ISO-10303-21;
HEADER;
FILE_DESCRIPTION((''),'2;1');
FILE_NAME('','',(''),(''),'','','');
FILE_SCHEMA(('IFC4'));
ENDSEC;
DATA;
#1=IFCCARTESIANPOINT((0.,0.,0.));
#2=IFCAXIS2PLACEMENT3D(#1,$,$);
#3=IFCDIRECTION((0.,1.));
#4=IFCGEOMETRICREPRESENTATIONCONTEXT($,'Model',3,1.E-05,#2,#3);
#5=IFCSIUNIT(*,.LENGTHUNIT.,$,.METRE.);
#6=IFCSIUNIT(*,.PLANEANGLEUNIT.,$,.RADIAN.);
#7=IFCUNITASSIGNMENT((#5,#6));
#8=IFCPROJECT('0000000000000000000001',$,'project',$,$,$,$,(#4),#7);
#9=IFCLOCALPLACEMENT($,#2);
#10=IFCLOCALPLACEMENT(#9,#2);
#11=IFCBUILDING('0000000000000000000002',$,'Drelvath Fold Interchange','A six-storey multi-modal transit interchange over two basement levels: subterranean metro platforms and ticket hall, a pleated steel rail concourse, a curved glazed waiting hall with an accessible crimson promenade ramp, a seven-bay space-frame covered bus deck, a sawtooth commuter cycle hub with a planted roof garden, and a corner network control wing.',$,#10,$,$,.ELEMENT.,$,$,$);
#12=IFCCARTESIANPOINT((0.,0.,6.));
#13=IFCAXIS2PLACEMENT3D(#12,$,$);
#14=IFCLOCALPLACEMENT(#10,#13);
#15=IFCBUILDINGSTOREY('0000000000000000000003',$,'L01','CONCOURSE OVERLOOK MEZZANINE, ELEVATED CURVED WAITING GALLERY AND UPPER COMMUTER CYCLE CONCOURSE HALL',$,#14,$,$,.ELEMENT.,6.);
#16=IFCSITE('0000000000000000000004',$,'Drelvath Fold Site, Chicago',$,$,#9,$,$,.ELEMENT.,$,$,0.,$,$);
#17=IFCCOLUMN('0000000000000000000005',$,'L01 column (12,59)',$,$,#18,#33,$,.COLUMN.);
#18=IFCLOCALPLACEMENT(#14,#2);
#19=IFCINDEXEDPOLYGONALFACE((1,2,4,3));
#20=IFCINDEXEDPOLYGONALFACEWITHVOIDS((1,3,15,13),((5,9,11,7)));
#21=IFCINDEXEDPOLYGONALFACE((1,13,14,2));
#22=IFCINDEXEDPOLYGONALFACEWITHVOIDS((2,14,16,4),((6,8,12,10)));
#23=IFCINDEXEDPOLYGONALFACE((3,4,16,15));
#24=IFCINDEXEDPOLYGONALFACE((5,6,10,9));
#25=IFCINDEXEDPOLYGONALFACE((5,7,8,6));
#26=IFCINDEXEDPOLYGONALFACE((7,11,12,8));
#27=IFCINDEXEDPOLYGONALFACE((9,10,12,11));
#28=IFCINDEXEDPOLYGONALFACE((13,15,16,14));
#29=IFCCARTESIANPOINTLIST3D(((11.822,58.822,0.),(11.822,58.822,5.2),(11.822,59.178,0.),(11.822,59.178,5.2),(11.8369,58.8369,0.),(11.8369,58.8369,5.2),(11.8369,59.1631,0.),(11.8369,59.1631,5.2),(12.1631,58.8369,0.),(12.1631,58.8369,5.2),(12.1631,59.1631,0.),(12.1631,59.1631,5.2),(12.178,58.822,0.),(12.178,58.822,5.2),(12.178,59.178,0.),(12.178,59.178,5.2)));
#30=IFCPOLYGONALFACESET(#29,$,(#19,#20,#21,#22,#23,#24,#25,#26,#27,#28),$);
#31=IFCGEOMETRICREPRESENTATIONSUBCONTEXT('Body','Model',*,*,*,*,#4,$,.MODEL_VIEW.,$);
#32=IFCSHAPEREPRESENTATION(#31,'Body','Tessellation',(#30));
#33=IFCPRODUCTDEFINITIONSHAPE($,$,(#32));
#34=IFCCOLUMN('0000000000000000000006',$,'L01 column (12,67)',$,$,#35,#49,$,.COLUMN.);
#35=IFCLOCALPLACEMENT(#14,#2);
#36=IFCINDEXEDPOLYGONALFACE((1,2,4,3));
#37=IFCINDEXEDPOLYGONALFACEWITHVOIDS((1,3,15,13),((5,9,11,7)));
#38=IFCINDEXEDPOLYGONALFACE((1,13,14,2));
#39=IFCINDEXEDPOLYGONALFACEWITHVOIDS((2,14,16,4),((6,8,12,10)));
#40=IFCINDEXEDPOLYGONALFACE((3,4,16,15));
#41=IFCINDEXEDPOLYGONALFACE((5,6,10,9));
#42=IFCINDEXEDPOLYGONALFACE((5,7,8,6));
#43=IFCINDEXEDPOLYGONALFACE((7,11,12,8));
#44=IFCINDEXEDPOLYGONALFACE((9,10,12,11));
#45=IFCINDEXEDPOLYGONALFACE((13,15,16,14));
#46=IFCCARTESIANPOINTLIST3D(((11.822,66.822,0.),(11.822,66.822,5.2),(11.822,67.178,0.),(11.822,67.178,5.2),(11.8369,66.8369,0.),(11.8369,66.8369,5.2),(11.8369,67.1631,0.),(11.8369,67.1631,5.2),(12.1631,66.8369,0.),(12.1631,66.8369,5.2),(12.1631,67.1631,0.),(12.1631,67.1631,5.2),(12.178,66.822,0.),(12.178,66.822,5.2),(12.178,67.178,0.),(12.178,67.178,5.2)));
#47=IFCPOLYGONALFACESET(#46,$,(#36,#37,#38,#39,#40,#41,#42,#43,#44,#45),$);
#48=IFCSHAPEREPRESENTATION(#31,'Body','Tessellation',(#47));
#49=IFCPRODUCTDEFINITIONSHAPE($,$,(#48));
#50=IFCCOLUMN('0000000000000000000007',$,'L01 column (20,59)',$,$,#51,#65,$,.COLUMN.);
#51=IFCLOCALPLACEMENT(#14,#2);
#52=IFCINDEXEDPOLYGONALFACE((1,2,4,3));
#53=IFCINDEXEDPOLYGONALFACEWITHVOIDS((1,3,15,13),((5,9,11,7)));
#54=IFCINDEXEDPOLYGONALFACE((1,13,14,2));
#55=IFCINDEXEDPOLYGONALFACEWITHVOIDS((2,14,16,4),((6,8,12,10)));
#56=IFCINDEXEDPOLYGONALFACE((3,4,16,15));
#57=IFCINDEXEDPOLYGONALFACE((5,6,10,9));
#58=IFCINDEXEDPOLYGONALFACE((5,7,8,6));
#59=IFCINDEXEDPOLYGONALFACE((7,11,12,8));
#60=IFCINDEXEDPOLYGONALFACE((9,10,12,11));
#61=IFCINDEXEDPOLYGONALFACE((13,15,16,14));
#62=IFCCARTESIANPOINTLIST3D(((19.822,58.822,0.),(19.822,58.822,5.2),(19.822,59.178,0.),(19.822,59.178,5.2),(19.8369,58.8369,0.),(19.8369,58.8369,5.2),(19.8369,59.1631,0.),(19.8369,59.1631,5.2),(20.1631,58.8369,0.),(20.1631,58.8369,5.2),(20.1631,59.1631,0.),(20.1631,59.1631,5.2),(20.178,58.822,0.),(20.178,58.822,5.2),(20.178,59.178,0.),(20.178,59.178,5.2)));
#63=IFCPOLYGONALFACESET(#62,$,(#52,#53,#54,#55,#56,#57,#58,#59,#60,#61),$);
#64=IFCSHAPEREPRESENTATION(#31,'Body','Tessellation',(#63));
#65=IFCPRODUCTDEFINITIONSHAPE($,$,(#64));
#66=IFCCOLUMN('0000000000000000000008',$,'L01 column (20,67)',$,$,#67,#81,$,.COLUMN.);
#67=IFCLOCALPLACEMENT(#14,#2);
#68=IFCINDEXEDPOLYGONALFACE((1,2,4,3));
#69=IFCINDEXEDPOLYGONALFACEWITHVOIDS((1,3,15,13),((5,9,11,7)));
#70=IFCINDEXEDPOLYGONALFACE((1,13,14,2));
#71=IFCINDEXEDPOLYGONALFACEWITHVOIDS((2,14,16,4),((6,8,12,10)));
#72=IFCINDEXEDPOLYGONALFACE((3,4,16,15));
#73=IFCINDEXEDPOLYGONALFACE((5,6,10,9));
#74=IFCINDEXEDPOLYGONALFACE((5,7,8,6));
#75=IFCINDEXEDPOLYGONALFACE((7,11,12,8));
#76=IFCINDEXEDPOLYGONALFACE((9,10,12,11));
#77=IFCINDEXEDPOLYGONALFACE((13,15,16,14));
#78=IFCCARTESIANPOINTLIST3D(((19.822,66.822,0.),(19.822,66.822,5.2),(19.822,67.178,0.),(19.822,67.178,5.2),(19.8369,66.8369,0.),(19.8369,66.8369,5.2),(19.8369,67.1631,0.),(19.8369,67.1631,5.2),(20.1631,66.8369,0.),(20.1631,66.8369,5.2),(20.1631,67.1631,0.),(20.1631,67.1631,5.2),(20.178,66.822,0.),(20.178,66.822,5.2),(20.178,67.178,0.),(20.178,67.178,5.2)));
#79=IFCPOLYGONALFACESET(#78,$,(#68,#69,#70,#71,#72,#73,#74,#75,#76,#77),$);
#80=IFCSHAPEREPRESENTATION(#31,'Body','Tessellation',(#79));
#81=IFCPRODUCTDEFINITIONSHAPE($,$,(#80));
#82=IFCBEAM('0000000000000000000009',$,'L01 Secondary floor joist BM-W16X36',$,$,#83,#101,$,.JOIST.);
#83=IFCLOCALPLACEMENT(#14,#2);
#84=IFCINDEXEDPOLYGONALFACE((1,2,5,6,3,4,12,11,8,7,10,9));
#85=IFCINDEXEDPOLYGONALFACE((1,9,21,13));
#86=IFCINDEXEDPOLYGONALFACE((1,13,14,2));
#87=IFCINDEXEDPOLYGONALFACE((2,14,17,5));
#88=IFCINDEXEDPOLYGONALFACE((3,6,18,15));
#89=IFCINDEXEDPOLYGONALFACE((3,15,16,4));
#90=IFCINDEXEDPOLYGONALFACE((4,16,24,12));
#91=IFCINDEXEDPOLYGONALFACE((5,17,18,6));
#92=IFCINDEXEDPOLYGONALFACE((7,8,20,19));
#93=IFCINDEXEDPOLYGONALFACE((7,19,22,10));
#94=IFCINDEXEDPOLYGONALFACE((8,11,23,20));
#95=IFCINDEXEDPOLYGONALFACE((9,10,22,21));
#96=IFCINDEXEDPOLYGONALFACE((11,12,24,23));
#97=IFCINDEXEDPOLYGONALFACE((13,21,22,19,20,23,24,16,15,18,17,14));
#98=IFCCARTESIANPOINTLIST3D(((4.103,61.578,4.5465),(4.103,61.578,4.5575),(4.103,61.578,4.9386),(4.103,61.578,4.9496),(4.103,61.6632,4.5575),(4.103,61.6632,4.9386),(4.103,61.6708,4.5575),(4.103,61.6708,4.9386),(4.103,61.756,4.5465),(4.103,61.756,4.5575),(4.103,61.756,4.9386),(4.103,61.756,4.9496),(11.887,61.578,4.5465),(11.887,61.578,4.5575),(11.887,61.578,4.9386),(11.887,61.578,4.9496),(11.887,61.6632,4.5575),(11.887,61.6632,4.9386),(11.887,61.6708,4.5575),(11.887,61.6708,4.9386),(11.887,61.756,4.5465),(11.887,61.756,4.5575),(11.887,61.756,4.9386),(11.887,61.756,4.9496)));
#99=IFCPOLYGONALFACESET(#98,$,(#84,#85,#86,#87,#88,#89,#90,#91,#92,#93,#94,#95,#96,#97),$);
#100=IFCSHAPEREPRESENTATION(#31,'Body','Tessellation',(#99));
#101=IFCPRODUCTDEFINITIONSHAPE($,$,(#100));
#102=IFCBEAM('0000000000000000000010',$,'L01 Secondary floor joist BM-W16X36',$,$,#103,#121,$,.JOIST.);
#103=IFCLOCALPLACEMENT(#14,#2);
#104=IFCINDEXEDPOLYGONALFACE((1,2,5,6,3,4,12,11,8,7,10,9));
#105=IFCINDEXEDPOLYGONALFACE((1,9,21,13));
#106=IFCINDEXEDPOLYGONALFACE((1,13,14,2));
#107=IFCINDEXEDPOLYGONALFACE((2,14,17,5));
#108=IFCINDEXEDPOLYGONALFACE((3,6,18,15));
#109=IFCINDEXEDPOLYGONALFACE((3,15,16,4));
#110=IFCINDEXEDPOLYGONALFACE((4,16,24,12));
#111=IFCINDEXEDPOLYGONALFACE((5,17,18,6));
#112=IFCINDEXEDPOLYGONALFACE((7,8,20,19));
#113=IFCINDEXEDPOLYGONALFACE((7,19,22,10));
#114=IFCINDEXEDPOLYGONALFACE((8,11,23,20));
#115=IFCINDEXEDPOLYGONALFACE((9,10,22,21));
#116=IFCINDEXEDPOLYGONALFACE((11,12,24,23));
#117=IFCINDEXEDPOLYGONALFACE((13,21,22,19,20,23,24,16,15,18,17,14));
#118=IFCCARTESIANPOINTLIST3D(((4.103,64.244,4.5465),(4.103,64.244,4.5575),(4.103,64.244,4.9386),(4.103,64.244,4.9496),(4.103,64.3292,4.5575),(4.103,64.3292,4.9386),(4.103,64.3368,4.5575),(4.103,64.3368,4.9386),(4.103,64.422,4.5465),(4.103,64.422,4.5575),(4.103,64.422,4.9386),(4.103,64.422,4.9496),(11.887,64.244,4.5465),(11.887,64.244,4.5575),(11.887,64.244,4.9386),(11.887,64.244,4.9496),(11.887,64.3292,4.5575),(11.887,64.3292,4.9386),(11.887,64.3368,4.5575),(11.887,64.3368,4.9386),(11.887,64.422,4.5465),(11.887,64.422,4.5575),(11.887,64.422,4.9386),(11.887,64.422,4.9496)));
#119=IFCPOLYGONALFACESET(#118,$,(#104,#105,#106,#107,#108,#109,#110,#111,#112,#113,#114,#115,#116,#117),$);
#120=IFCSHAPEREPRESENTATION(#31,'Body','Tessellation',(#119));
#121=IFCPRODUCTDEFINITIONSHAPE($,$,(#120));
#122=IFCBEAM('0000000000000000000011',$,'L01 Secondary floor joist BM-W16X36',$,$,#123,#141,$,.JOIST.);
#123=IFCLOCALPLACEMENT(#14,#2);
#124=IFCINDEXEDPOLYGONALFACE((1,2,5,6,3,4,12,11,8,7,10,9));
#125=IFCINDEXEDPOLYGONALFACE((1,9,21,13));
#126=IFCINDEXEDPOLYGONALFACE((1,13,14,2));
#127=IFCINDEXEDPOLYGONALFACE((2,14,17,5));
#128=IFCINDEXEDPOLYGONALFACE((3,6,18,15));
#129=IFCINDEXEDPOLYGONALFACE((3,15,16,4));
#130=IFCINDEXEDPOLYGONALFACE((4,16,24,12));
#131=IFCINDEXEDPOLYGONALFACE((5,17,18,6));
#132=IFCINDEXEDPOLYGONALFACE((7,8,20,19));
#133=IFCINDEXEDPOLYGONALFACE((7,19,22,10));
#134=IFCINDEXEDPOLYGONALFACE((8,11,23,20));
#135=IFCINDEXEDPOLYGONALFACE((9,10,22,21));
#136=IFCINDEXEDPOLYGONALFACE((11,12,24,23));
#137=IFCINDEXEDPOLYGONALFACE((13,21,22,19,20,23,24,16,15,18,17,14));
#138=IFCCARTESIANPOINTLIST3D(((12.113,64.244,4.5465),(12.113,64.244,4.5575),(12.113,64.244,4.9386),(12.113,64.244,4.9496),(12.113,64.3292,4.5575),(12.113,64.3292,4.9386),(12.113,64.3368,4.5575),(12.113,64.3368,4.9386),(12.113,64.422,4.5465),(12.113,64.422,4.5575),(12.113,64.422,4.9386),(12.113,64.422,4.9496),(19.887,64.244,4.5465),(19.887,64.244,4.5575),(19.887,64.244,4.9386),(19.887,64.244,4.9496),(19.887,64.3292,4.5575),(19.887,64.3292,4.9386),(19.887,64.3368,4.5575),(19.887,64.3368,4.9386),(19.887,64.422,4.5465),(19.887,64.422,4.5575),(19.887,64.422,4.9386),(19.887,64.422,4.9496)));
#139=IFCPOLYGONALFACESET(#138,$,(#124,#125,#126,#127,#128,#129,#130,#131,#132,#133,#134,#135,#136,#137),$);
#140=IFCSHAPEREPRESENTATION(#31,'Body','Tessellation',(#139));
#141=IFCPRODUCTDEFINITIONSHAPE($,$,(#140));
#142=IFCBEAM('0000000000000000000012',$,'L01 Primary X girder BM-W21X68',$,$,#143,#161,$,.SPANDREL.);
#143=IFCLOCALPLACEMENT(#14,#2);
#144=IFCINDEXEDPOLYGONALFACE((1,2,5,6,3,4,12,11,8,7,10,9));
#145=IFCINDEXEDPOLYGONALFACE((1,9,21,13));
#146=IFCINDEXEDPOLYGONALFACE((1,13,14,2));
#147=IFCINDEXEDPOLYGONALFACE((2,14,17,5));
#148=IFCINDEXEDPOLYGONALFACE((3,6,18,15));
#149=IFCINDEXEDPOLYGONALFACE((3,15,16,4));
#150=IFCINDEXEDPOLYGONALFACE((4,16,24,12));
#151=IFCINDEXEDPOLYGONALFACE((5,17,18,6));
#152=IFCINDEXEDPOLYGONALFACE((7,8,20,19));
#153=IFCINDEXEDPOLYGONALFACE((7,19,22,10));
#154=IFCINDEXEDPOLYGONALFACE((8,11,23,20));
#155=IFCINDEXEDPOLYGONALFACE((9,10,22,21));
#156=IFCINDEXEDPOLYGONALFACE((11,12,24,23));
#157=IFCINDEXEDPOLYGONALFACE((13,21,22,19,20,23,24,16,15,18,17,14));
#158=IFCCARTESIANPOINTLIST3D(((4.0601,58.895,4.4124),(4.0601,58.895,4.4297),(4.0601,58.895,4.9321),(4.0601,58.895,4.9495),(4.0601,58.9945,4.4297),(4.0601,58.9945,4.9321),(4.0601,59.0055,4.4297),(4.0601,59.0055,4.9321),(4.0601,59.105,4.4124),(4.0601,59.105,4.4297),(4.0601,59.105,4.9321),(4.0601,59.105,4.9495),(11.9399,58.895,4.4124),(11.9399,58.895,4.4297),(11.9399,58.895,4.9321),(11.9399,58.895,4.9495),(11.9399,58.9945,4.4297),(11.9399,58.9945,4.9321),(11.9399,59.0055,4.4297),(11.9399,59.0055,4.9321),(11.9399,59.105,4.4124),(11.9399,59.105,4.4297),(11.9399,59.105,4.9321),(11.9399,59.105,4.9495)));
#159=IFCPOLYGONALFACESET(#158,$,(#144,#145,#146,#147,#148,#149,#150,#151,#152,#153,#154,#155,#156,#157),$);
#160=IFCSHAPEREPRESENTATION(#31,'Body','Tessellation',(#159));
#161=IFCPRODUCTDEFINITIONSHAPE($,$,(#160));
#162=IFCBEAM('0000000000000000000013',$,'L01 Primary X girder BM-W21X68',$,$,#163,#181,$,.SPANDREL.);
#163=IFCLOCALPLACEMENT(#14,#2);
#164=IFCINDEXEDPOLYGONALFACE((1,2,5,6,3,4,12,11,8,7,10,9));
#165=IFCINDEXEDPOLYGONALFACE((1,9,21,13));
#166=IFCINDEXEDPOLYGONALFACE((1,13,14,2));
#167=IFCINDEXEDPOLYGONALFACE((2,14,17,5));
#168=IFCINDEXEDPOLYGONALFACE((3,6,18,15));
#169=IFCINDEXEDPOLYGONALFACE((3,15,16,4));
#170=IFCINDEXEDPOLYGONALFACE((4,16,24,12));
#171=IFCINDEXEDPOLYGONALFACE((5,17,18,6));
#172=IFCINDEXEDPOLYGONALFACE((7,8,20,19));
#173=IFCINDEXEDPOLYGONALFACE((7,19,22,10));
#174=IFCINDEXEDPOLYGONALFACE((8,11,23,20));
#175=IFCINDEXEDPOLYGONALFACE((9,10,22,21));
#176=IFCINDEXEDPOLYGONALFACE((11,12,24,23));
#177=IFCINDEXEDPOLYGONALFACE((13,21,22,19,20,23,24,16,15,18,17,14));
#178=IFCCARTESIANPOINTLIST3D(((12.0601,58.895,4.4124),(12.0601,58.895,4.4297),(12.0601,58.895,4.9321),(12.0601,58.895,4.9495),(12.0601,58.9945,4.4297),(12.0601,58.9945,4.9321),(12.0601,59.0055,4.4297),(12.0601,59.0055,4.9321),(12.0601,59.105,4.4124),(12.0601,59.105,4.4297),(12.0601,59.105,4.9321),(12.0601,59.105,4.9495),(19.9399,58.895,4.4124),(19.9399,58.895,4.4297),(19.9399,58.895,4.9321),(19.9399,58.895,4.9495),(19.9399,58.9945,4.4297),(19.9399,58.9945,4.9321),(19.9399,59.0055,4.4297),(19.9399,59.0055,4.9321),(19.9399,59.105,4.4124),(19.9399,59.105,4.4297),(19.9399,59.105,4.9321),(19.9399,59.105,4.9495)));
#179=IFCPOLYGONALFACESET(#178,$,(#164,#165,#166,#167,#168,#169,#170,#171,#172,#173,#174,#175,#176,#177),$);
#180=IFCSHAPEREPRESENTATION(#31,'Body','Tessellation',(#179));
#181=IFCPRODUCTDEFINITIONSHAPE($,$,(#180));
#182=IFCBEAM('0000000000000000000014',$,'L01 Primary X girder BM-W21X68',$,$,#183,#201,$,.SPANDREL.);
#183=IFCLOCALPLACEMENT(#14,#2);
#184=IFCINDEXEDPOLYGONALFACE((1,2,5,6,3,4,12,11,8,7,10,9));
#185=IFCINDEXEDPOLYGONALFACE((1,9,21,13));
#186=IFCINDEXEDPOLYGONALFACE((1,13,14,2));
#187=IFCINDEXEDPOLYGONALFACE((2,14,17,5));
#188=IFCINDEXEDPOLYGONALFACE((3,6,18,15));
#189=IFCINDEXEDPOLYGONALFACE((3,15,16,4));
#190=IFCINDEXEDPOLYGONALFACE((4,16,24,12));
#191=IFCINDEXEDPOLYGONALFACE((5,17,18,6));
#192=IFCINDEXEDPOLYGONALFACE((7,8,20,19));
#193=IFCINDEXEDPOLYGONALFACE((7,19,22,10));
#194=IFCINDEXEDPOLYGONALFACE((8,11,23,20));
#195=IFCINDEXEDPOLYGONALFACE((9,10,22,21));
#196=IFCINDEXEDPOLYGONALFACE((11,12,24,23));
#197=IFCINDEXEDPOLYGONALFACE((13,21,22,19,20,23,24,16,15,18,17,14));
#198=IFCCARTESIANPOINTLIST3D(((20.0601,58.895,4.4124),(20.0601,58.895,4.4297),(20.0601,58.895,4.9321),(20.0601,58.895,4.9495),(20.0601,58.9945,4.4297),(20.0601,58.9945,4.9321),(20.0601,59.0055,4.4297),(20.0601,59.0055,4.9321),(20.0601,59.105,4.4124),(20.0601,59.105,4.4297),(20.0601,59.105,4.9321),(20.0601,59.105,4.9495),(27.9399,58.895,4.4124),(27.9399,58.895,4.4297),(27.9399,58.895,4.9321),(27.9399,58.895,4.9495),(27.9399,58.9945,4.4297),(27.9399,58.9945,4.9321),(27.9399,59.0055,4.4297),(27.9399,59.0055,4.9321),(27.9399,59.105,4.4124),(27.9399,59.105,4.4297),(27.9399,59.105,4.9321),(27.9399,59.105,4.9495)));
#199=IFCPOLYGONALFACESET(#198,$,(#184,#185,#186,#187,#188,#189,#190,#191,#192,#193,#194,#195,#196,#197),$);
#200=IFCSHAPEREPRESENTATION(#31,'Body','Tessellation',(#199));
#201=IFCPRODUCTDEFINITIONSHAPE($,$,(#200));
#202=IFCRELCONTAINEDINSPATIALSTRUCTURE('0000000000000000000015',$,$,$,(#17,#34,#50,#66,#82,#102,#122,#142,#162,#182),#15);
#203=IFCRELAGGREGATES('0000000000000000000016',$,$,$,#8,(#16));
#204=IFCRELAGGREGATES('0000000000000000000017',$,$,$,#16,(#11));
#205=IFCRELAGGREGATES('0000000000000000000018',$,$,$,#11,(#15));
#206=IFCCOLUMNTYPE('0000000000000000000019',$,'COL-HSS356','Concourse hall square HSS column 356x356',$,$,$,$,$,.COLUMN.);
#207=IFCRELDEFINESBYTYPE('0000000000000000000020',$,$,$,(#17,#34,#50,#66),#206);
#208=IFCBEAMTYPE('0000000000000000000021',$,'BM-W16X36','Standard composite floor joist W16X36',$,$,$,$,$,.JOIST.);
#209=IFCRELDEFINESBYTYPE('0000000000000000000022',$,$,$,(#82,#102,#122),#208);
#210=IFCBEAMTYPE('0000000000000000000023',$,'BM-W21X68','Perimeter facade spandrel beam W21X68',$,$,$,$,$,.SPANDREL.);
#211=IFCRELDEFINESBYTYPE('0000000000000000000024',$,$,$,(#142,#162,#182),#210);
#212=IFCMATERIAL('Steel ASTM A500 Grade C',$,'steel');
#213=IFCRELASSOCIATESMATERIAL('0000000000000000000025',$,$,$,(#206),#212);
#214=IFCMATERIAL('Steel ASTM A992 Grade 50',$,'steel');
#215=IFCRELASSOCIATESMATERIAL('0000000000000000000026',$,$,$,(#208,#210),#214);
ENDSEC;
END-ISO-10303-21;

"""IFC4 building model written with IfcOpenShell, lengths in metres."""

from ifc_helpers import new_model, si_unit, direction, frame, origin, origin_2d, place, context, subcontext, project, spatial, hollow_rectangle, i_section, extrude, material, material_profile, profile_set, type_object, element, save


model = new_model("IFC4")

# Units and contexts
model_context = context("Model", 3, precision=1e-05, world=origin(), true_north=direction((0.0, 1.0)))
body_context = subcontext(model_context, "Body", "Model", "MODEL_VIEW")
ifc_project = project(units=[si_unit("LENGTHUNIT", "METRE"), si_unit("PLANEANGLEUNIT", "RADIAN")], contexts=[model_context])

# Site, building, storey
site_placement = place(None, origin())
site = spatial("IfcSite", under=ifc_project, at=site_placement, Name="Drelvath Fold Site, Chicago", CompositionType="ELEMENT", RefElevation=0.0)
building_placement = place(site_placement, origin())
building = spatial("IfcBuilding", under=site, at=building_placement, Name="Drelvath Fold Interchange", Description="A six-storey multi-modal transit interchange over two basement levels: subterranean metro platforms and ticket hall, a pleated steel rail concourse, a curved glazed waiting hall with an accessible crimson promenade ramp, a seven-bay space-frame covered bus deck, a sawtooth commuter cycle hub with a planted roof garden, and a corner network control wing.", CompositionType="ELEMENT")
storey_placement = place(building_placement, frame((0.0, 0.0, 6.0)))
storey = spatial("IfcBuildingStorey", under=building, at=storey_placement, Name="L01", Description="CONCOURSE OVERLOOK MEZZANINE, ELEVATED CURVED WAITING GALLERY AND UPPER COMMUTER CYCLE CONCOURSE HALL", CompositionType="ELEMENT", Elevation=6.0)

# Columns
ifc_material_1 = material(Name="Steel ASTM A500 Grade C", Category="steel")
ifc_material_profile_1 = material_profile(ifc_material_1, hollow_rectangle(XDim=0.356, YDim=0.356, WallThickness=0.0149, at=origin_2d()), Name="HSS14X14X5/8")
ifc_profile_set_1 = profile_set([ifc_material_profile_1], Name="Steel ASTM A500 Grade C")
column_type = type_object("IfcColumnType", Name="COL-HSS356", Description="Concourse hall square HSS column 356x356", PredefinedType="COLUMN", material=ifc_profile_set_1)
for number, where, z_axis, x_axis, name in (
    (1, (12.0, 59.0, 0.0), (0.0, 0.0, 1.0), (1.0, 0.0, 0.0), "L01 column (12,59)"),
    (2, (12.0, 67.0, 0.0), (0.0, 0.0, 1.0), (1.0, 0.0, 0.0), "L01 column (12,67)"),
    (3, (20.0, 59.0, 0.0), (0.0, 0.0, 1.0), (1.0, 0.0, 0.0), "L01 column (20,59)"),
    (4, (20.0, 67.0, 0.0), (0.0, 0.0, 1.0), (1.0, 0.0, 0.0), "L01 column (20,67)"),
):
    element("IfcColumn", number, at=place(storey_placement, frame(where, z_axis=z_axis, x_axis=x_axis)), inside=storey, type_object=column_type, Name=name, PredefinedType="COLUMN", context=body_context, shape_type="SweptSolid", body=[
        extrude(hollow_rectangle(XDim=0.356, YDim=0.356, WallThickness=0.0149, at=origin_2d()), origin(), (0.0, 0.0, 1.0), 5.2),
    ])

# Beams
ifc_material_2 = material(Name="Steel ASTM A992 Grade 50", Category="steel")
ifc_material_profile_2 = material_profile(ifc_material_2, i_section(OverallWidth=0.178, OverallDepth=0.4031, WebThickness=0.0076, FlangeThickness=0.011, at=origin_2d()), Name="W16X36")
ifc_profile_set_2 = profile_set([ifc_material_profile_2], Name="Steel ASTM A992 Grade 50")
beam_type_1 = type_object("IfcBeamType", Name="BM-W16X36", Description="Standard composite floor joist W16X36", PredefinedType="JOIST", material=ifc_profile_set_2)
for number, where, z_axis, x_axis, name in (
    (5, (4.103, 61.667, 4.748), (1.0, 0.0, 0.0), (0.0, 1.0, 0.0), "L01 Secondary floor joist BM-W16X36"),
    (6, (4.103, 64.333, 4.748), (1.0, 0.0, 0.0), (0.0, 1.0, 0.0), "L01 Secondary floor joist BM-W16X36"),
):
    element("IfcBeam", number, at=place(storey_placement, frame(where, z_axis=z_axis, x_axis=x_axis)), inside=storey, type_object=beam_type_1, Name=name, PredefinedType="JOIST", context=body_context, shape_type="SweptSolid", body=[
        extrude(i_section(OverallWidth=0.178, OverallDepth=0.4031, WebThickness=0.0076, FlangeThickness=0.011, at=origin_2d()), origin(), (0.0, 0.0, 1.0), 7.7839),
    ])
beam_1_placement = place(storey_placement, frame((12.113, 64.333, 4.748), z_axis=(1.0, 0.0, 0.0), x_axis=(0.0, 1.0, 0.0)))
element("IfcBeam", 7, at=beam_1_placement, inside=storey, type_object=beam_type_1, Name="L01 Secondary floor joist BM-W16X36", PredefinedType="JOIST", context=body_context, shape_type="SweptSolid", body=[
    extrude(i_section(OverallWidth=0.178, OverallDepth=0.4031, WebThickness=0.0076, FlangeThickness=0.011, at=origin_2d()), origin(), (0.0, 0.0, 1.0), 7.7739),
])
ifc_material_profile_3 = material_profile(ifc_material_2, i_section(OverallWidth=0.21, OverallDepth=0.5371, WebThickness=0.011, FlangeThickness=0.0173, at=origin_2d()), Name="W21X68")
ifc_profile_set_3 = profile_set([ifc_material_profile_3], Name="Steel ASTM A992 Grade 50")
beam_type_2 = type_object("IfcBeamType", Name="BM-W21X68", Description="Perimeter facade spandrel beam W21X68", PredefinedType="SPANDREL", material=ifc_profile_set_3)
for number, where, z_axis, x_axis, name in (
    (8, (4.0601, 59.0, 4.6809), (1.0, 0.0, 0.0), (0.0, 1.0, 0.0), "L01 Primary X girder BM-W21X68"),
    (9, (12.0601, 59.0, 4.6809), (1.0, 0.0, 0.0), (0.0, 1.0, 0.0), "L01 Primary X girder BM-W21X68"),
    (10, (20.0601, 59.0, 4.6809), (1.0, 0.0, 0.0), (0.0, 1.0, 0.0), "L01 Primary X girder BM-W21X68"),
):
    element("IfcBeam", number, at=place(storey_placement, frame(where, z_axis=z_axis, x_axis=x_axis)), inside=storey, type_object=beam_type_2, Name=name, PredefinedType="SPANDREL", context=body_context, shape_type="SweptSolid", body=[
        extrude(i_section(OverallWidth=0.21, OverallDepth=0.5371, WebThickness=0.011, FlangeThickness=0.0173, at=origin_2d()), origin(), (0.0, 0.0, 1.0), 7.8799),
    ])

save(model, "model.ifc")
